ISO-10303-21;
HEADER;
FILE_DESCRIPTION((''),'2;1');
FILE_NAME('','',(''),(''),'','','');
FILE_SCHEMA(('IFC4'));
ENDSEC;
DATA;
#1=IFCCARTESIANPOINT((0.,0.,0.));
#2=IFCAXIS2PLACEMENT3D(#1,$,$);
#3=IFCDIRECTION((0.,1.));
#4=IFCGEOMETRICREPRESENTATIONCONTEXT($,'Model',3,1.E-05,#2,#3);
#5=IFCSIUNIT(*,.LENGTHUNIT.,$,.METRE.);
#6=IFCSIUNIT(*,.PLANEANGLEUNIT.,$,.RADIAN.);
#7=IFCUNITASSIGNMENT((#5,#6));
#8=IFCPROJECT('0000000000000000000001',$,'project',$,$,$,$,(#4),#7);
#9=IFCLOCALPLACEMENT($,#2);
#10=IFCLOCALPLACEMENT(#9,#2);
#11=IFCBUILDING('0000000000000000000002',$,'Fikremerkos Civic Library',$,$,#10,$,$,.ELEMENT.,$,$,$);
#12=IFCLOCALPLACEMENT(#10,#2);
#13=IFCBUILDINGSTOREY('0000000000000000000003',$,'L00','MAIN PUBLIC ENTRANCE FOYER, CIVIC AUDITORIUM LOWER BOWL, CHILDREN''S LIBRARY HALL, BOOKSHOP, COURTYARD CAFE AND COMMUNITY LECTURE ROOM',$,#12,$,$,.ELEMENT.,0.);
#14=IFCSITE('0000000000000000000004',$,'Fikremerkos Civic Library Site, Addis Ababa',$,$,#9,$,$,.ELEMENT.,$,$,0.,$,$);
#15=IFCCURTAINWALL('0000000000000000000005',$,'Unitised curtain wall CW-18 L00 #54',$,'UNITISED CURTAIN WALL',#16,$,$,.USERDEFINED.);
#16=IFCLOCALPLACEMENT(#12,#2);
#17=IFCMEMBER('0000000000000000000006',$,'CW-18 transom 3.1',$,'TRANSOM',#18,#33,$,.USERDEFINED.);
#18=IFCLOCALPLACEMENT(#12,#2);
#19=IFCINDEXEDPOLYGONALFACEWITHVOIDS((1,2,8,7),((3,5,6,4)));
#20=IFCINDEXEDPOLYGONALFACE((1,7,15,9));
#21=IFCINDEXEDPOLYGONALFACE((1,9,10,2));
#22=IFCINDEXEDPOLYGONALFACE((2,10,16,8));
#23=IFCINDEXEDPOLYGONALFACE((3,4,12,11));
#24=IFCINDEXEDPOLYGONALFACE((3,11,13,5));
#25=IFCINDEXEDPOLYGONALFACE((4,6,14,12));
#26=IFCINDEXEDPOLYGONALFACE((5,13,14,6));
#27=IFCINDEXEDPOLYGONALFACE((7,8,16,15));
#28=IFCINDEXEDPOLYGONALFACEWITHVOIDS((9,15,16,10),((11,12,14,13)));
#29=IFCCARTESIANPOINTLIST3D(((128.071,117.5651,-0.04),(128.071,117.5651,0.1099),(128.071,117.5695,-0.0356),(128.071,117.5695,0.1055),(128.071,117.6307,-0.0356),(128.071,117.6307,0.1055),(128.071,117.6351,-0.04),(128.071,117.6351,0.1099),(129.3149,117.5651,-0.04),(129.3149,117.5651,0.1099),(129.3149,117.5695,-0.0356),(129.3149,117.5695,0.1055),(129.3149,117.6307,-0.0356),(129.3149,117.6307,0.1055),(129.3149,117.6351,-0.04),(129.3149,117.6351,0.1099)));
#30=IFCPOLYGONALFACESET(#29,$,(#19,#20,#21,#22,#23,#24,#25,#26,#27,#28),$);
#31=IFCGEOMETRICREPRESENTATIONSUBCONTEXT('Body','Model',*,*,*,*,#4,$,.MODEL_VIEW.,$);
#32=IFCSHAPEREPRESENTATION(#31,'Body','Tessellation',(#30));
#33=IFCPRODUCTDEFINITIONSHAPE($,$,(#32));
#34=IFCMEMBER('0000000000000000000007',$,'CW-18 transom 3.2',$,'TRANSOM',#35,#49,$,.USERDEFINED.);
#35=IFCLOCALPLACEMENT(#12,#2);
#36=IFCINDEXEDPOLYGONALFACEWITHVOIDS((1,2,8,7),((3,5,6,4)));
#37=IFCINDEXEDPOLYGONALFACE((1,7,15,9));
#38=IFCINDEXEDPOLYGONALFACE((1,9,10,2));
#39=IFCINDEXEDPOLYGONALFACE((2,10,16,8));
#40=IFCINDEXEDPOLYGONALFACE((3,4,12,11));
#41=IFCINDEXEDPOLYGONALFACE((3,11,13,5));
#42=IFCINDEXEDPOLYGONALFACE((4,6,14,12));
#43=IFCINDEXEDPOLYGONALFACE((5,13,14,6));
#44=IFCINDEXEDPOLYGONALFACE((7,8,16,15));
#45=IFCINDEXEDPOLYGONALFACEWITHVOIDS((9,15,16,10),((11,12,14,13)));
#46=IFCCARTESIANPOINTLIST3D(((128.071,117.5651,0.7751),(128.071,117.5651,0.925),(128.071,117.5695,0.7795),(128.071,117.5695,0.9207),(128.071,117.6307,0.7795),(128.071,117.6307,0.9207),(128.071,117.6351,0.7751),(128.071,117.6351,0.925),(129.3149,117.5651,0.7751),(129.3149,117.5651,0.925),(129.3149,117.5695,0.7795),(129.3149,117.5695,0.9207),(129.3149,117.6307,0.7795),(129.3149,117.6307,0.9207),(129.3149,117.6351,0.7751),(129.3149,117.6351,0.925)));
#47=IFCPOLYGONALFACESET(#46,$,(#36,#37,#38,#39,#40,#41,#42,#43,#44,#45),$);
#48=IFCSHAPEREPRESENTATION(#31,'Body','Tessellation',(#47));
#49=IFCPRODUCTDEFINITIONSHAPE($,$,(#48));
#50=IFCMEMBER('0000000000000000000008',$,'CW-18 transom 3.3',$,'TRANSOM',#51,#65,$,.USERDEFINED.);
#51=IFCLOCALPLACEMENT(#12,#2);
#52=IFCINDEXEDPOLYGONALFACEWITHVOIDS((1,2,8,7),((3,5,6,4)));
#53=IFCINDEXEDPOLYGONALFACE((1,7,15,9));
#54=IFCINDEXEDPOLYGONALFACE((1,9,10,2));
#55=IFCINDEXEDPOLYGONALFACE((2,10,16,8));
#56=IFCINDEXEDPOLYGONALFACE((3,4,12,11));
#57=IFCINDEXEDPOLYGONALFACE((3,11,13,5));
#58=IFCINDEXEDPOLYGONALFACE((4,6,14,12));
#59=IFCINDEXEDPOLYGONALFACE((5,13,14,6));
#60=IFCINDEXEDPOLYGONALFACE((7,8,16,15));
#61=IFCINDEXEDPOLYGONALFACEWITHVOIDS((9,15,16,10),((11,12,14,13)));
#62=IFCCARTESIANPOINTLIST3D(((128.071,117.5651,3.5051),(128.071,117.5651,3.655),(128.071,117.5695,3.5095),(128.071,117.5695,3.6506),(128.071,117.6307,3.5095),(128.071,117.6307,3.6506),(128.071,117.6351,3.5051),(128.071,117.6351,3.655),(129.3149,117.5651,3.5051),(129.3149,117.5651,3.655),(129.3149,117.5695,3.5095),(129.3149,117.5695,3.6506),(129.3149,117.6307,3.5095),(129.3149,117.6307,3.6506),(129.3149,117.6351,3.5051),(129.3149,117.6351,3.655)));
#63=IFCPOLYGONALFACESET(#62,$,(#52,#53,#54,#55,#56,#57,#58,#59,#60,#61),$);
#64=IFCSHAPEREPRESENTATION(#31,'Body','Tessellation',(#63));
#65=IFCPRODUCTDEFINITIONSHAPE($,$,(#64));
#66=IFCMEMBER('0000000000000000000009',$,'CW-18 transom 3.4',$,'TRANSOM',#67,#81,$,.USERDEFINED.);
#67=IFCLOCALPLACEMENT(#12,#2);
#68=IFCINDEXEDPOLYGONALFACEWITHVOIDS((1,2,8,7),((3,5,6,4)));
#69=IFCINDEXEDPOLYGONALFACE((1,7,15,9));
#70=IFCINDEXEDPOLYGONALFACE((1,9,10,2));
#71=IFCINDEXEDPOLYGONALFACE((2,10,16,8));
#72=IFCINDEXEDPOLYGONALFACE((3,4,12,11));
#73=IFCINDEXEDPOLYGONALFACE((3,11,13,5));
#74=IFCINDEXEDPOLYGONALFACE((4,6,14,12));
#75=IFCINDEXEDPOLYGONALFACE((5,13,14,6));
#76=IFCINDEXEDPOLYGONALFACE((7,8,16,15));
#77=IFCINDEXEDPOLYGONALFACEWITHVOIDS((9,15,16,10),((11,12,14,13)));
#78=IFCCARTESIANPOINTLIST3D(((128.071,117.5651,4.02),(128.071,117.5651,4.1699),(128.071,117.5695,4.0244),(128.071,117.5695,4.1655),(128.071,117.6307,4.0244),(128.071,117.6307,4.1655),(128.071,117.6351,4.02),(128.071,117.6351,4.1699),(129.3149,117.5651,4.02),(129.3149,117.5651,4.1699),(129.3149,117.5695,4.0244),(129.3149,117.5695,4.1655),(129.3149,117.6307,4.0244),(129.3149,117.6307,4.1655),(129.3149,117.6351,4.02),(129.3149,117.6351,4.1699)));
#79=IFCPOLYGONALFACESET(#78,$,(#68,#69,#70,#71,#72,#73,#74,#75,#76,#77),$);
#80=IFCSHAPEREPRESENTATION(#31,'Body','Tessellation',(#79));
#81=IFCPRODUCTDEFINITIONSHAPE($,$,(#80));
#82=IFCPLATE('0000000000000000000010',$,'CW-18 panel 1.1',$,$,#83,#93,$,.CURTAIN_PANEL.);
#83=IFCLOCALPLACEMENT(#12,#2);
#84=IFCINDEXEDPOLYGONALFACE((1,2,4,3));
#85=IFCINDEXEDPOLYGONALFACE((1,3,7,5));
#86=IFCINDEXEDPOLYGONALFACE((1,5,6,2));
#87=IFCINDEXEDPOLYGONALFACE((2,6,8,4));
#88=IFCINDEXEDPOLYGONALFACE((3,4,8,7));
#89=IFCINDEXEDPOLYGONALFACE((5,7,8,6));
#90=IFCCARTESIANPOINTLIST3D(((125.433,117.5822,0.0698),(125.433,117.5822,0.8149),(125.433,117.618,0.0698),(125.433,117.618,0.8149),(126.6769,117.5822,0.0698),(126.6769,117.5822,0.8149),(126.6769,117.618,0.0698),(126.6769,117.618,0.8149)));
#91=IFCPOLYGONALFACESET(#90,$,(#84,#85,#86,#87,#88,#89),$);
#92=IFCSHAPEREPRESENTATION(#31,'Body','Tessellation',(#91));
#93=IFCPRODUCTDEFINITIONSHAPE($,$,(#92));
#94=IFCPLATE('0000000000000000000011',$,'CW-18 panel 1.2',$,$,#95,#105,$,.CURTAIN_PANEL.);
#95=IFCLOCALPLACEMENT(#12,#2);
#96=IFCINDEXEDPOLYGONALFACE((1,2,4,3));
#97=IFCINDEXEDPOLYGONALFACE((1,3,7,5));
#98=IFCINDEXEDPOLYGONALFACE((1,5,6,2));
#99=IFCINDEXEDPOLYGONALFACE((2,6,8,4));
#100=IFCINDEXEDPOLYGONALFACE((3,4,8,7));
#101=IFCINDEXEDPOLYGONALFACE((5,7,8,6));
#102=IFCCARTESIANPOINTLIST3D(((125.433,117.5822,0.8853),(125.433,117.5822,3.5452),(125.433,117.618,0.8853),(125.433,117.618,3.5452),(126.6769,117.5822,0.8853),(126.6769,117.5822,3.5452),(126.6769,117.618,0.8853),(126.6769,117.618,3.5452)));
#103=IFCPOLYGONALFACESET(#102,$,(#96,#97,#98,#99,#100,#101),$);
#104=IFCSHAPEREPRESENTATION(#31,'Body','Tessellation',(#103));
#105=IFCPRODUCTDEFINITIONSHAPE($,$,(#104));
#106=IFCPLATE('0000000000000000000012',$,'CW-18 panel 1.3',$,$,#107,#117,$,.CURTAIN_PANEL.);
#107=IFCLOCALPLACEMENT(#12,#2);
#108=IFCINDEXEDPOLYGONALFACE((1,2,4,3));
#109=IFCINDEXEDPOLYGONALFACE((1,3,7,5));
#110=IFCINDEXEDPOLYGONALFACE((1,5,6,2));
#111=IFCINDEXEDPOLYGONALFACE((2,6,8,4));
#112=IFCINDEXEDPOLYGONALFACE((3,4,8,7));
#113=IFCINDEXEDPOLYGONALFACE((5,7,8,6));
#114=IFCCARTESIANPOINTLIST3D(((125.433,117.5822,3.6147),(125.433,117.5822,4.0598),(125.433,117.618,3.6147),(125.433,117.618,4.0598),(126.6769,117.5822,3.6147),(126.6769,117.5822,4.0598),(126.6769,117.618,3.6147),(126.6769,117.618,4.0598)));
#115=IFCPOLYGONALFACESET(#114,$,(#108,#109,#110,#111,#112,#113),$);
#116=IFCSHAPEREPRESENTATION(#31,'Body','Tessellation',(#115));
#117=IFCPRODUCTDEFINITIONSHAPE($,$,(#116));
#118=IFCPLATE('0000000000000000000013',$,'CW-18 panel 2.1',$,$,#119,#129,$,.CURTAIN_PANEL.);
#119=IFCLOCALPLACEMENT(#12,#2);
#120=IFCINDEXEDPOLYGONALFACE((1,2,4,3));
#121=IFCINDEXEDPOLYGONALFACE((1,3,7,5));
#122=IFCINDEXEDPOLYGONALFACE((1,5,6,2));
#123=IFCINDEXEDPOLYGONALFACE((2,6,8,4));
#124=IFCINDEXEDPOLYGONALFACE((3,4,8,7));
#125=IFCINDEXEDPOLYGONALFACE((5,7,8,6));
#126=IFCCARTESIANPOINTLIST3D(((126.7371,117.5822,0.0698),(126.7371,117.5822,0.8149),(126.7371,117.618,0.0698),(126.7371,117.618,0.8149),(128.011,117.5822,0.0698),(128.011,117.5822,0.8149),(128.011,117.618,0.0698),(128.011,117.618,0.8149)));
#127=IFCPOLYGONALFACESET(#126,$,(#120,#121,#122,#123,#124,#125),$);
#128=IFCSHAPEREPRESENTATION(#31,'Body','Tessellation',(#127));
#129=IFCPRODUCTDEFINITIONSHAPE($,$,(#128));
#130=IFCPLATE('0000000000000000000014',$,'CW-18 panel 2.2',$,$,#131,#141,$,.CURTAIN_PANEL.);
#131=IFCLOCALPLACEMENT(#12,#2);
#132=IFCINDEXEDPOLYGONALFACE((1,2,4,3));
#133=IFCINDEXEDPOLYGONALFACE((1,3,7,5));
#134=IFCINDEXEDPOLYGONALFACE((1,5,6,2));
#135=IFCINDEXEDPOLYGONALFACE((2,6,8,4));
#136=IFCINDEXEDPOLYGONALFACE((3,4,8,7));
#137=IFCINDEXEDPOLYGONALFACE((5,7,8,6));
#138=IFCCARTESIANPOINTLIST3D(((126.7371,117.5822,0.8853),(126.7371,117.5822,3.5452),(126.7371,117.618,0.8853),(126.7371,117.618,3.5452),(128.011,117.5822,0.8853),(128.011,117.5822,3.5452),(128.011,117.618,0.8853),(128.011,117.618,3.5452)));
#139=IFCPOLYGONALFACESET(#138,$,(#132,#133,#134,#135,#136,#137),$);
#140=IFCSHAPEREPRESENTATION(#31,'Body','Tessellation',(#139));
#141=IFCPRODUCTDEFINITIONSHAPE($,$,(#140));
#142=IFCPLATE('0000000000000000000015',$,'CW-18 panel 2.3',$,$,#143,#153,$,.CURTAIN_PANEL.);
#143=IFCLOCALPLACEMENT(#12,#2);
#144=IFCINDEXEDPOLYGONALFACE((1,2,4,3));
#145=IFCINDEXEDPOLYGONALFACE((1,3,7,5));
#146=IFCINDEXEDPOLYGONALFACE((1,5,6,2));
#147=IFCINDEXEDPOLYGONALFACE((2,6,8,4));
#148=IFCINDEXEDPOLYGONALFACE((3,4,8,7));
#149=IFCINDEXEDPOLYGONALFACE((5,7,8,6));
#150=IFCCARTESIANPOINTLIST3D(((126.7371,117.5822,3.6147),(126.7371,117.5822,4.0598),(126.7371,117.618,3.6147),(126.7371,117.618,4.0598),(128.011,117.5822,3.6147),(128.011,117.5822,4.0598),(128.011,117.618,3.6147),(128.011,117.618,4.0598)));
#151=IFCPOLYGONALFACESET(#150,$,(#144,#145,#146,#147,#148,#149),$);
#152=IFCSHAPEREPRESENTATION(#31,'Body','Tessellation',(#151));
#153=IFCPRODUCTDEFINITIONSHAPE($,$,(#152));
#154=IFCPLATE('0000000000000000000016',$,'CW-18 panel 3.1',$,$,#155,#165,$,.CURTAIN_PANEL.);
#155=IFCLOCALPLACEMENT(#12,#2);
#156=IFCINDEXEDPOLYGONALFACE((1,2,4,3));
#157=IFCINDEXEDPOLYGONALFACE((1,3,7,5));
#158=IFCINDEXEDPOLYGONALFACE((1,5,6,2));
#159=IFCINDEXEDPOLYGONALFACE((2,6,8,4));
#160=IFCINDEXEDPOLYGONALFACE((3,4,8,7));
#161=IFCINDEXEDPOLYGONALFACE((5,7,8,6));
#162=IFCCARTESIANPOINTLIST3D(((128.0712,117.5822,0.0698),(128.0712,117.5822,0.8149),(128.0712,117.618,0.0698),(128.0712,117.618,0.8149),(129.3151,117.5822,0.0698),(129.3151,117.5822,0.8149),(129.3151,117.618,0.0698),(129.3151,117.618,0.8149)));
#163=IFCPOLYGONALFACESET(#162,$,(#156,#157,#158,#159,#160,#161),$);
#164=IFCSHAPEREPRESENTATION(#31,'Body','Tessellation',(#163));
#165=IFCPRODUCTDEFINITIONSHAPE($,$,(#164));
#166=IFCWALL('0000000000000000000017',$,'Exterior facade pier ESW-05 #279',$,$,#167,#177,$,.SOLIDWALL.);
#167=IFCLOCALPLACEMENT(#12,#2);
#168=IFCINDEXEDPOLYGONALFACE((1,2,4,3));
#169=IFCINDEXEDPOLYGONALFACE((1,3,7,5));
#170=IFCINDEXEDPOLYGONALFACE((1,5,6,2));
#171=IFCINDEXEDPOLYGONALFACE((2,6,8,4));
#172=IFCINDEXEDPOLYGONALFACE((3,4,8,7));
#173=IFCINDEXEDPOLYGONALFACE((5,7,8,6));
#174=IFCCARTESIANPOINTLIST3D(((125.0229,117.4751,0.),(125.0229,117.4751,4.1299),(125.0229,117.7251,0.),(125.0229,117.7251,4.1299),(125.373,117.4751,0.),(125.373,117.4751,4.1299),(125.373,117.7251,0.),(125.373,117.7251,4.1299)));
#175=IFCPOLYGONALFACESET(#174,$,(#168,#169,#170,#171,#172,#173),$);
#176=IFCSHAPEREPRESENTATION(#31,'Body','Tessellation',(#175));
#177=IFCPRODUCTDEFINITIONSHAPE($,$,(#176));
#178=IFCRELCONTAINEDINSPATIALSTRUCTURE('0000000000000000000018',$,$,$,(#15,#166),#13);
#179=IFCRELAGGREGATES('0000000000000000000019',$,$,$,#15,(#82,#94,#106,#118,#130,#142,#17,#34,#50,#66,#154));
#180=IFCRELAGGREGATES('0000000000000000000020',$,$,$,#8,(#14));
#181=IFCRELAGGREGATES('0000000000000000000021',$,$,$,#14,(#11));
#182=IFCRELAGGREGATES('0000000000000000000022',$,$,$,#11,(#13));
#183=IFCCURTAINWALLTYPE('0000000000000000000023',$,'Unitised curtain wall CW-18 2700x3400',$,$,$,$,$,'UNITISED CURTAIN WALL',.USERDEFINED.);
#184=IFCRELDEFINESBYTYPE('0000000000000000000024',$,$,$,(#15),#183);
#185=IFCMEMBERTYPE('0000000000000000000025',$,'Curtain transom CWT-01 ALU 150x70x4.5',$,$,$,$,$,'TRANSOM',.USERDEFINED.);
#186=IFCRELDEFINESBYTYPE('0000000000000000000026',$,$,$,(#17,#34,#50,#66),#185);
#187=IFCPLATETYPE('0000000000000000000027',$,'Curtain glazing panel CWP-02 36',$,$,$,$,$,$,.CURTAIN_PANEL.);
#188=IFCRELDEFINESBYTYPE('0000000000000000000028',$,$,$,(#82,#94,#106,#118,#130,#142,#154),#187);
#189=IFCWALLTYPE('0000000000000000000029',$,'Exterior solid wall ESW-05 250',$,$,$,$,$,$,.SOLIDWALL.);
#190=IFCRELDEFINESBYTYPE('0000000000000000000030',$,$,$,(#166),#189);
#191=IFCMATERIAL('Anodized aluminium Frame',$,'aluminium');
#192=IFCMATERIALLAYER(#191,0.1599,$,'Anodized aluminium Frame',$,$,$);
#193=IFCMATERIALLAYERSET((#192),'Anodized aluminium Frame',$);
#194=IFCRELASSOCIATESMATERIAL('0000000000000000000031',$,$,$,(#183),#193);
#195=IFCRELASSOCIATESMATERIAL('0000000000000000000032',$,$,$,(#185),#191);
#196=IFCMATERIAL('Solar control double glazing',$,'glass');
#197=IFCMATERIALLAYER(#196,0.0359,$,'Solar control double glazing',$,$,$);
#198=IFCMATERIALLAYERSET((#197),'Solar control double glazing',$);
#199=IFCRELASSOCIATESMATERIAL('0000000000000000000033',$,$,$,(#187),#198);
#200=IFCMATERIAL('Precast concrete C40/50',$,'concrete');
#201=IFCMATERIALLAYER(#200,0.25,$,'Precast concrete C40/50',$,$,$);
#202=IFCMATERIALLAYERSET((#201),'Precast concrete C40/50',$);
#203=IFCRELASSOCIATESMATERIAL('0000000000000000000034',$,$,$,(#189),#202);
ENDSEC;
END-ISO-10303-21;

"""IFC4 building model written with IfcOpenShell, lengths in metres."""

from ifc_helpers import new_model, si_unit, direction, frame, frame_2d, origin, origin_2d, place, context, subcontext, project, spatial, rectangle, hollow_rectangle, extrude, material, layer, layer_set, material_profile, profile_set, type_object, element, aggregate, save


model = new_model("IFC4")

# Units and contexts
model_context = context("Model", 3, precision=1e-05, world=origin(), true_north=direction((0.0, 1.0)))
body_context = subcontext(model_context, "Body", "Model", "MODEL_VIEW")
ifc_project = project(units=[si_unit("LENGTHUNIT", "METRE"), si_unit("PLANEANGLEUNIT", "RADIAN")], contexts=[model_context])

# Site, building, storey
site_placement = place(None, origin())
site = spatial("IfcSite", under=ifc_project, at=site_placement, Name="Fikremerkos Civic Library Site, Addis Ababa", CompositionType="ELEMENT", RefElevation=0.0)
building_placement = place(site_placement, origin())
building = spatial("IfcBuilding", under=site, at=building_placement, Name="Fikremerkos Civic Library", CompositionType="ELEMENT")
storey_placement = place(building_placement, origin())
storey = spatial("IfcBuildingStorey", under=building, at=storey_placement, Name="L00", Description="MAIN PUBLIC ENTRANCE FOYER, CIVIC AUDITORIUM LOWER BOWL, CHILDREN'S LIBRARY HALL, BOOKSHOP, COURTYARD CAFE AND COMMUNITY LECTURE ROOM", CompositionType="ELEMENT", Elevation=0.0)

# Curtain wall, members, plates
ifc_material_1 = material(Name="Anodized aluminium Frame", Category="aluminium")
ifc_layer_1 = layer(ifc_material_1, 0.1599, Name="Anodized aluminium Frame")
ifc_layer_set_1 = layer_set([ifc_layer_1], Name="Anodized aluminium Frame")
curtain_wall_type = type_object("IfcCurtainWallType", Name="Unitised curtain wall CW-18 2700x3400", ElementType="UNITISED CURTAIN WALL", PredefinedType="USERDEFINED", material=ifc_layer_set_1)
curtain_wall_placement = place(storey_placement, origin())
curtain_wall = element("IfcCurtainWall", 1, at=curtain_wall_placement, inside=storey, type_object=curtain_wall_type, Name="Unitised curtain wall CW-18 L00 #54", ObjectType="UNITISED CURTAIN WALL", PredefinedType="USERDEFINED")
ifc_material_profile_1 = material_profile(ifc_material_1, hollow_rectangle(XDim=0.0701, YDim=0.1499, WallThickness=0.0044, at=origin_2d()), Name="ALU 150x70x4.5")
ifc_profile_set_1 = profile_set([ifc_material_profile_1], Name="Anodized aluminium Frame")
member_type_1 = type_object("IfcMemberType", Name="Curtain transom CWT-01 ALU 150x70x4.5", ElementType="TRANSOM", PredefinedType="USERDEFINED", material=ifc_profile_set_1)
member_1_placement = place(storey_placement, frame((128.071, 117.6001, 0.0349), z_axis=(1.0, 0.0, 0.0), x_axis=(0.0, 1.0, 0.0)))
member_1 = element("IfcMember", 2, at=member_1_placement, type_object=member_type_1, Name="CW-18 transom 3.1", ObjectType="TRANSOM", PredefinedType="USERDEFINED", context=body_context, shape_type="SweptSolid", body=[
    extrude(hollow_rectangle(XDim=0.0701, YDim=0.1499, WallThickness=0.0044, at=origin_2d()), origin(), (0.0, 0.0, 1.0), 1.2439),
])
member_2_placement = place(storey_placement, frame((128.071, 117.6001, 0.8501), z_axis=(1.0, 0.0, 0.0), x_axis=(0.0, 1.0, 0.0)))
member_2 = element("IfcMember", 3, at=member_2_placement, type_object=member_type_1, Name="CW-18 transom 3.2", ObjectType="TRANSOM", PredefinedType="USERDEFINED", context=body_context, shape_type="SweptSolid", body=[
    extrude(hollow_rectangle(XDim=0.0701, YDim=0.1499, WallThickness=0.0044, at=origin_2d()), origin(), (0.0, 0.0, 1.0), 1.2439),
])
member_3_placement = place(storey_placement, frame((128.071, 117.6001, 3.5801), z_axis=(1.0, 0.0, 0.0), x_axis=(0.0, 1.0, 0.0)))
member_3 = element("IfcMember", 4, at=member_3_placement, type_object=member_type_1, Name="CW-18 transom 3.3", ObjectType="TRANSOM", PredefinedType="USERDEFINED", context=body_context, shape_type="SweptSolid", body=[
    extrude(hollow_rectangle(XDim=0.0701, YDim=0.1499, WallThickness=0.0044, at=origin_2d()), origin(), (0.0, 0.0, 1.0), 1.2439),
])
member_4_placement = place(storey_placement, frame((128.071, 117.6001, 4.095), z_axis=(1.0, 0.0, 0.0), x_axis=(0.0, 1.0, 0.0)))
member_4 = element("IfcMember", 5, at=member_4_placement, type_object=member_type_1, Name="CW-18 transom 3.4", ObjectType="TRANSOM", PredefinedType="USERDEFINED", context=body_context, shape_type="SweptSolid", body=[
    extrude(hollow_rectangle(XDim=0.0701, YDim=0.1499, WallThickness=0.0044, at=origin_2d()), origin(), (0.0, 0.0, 1.0), 1.2439),
])
ifc_material_2 = material(Name="Solar control double glazing", Category="glass")
ifc_layer_2 = layer(ifc_material_2, 0.0359, Name="Solar control double glazing")
ifc_layer_set_2 = layer_set([ifc_layer_2], Name="Solar control double glazing")
plate_type = type_object("IfcPlateType", Name="Curtain glazing panel CWP-02 36", PredefinedType="CURTAIN_PANEL", material=ifc_layer_set_2)
plate_1_placement = place(storey_placement, frame((126.0549, 117.6001, 0.0698), z_axis=(0.0, 0.0, 1.0), x_axis=(1.0, 0.0, 0.0)))
plate_1 = element("IfcPlate", 6, at=plate_1_placement, type_object=plate_type, Name="CW-18 panel 1.1", PredefinedType="CURTAIN_PANEL", context=body_context, shape_type="SweptSolid", body=[
    extrude(rectangle(XDim=1.2439, YDim=0.0359, at=origin_2d()), origin(), (0.0, 0.0, 1.0), 0.7451),
])
plate_2_placement = place(storey_placement, frame((126.0549, 117.6001, 0.8853), z_axis=(0.0, 0.0, 1.0), x_axis=(1.0, 0.0, 0.0)))
plate_2 = element("IfcPlate", 7, at=plate_2_placement, type_object=plate_type, Name="CW-18 panel 1.2", PredefinedType="CURTAIN_PANEL", context=body_context, shape_type="SweptSolid", body=[
    extrude(rectangle(XDim=1.2439, YDim=0.0359, at=origin_2d()), origin(), (0.0, 0.0, 1.0), 2.6599),
])
plate_3_placement = place(storey_placement, frame((126.0549, 117.6001, 3.6147), z_axis=(0.0, 0.0, 1.0), x_axis=(1.0, 0.0, 0.0)))
plate_3 = element("IfcPlate", 8, at=plate_3_placement, type_object=plate_type, Name="CW-18 panel 1.3", PredefinedType="CURTAIN_PANEL", context=body_context, shape_type="SweptSolid", body=[
    extrude(rectangle(XDim=1.2439, YDim=0.0359, at=origin_2d()), origin(), (0.0, 0.0, 1.0), 0.4451),
])
plate_4_placement = place(storey_placement, frame((127.374, 117.6001, 0.0698), z_axis=(0.0, 0.0, 1.0), x_axis=(1.0, 0.0, 0.0)))
plate_4 = element("IfcPlate", 9, at=plate_4_placement, type_object=plate_type, Name="CW-18 panel 2.1", PredefinedType="CURTAIN_PANEL", context=body_context, shape_type="SweptSolid", body=[
    extrude(rectangle(XDim=1.2739, YDim=0.0359, at=origin_2d()), origin(), (0.0, 0.0, 1.0), 0.7451),
])
plate_5_placement = place(storey_placement, frame((127.374, 117.6001, 0.8853), z_axis=(0.0, 0.0, 1.0), x_axis=(1.0, 0.0, 0.0)))
plate_5 = element("IfcPlate", 10, at=plate_5_placement, type_object=plate_type, Name="CW-18 panel 2.2", PredefinedType="CURTAIN_PANEL", context=body_context, shape_type="SweptSolid", body=[
    extrude(rectangle(XDim=1.2739, YDim=0.0359, at=origin_2d()), origin(), (0.0, 0.0, 1.0), 2.6599),
])
plate_6_placement = place(storey_placement, frame((127.374, 117.6001, 3.6147), z_axis=(0.0, 0.0, 1.0), x_axis=(1.0, 0.0, 0.0)))
plate_6 = element("IfcPlate", 11, at=plate_6_placement, type_object=plate_type, Name="CW-18 panel 2.3", PredefinedType="CURTAIN_PANEL", context=body_context, shape_type="SweptSolid", body=[
    extrude(rectangle(XDim=1.2739, YDim=0.0359, at=origin_2d()), origin(), (0.0, 0.0, 1.0), 0.4451),
])
plate_7_placement = place(storey_placement, frame((128.6931, 117.6001, 0.0698), z_axis=(0.0, 0.0, 1.0), x_axis=(1.0, 0.0, 0.0)))
plate_7 = element("IfcPlate", 12, at=plate_7_placement, type_object=plate_type, Name="CW-18 panel 3.1", PredefinedType="CURTAIN_PANEL", context=body_context, shape_type="SweptSolid", body=[
    extrude(rectangle(XDim=1.2439, YDim=0.0359, at=origin_2d()), origin(), (0.0, 0.0, 1.0), 0.7451),
])
aggregate(curtain_wall, [plate_1, plate_2, plate_3, plate_4, plate_5, plate_6, member_1, member_2, member_3, member_4, plate_7])

# Wall
ifc_material_3 = material(Name="Precast concrete C40/50", Category="concrete")
ifc_layer_3 = layer(ifc_material_3, 0.25, Name="Precast concrete C40/50")
ifc_layer_set_3 = layer_set([ifc_layer_3], Name="Precast concrete C40/50")
wall_type = type_object("IfcWallType", Name="Exterior solid wall ESW-05 250", PredefinedType="SOLIDWALL", material=ifc_layer_set_3)
wall_placement = place(storey_placement, frame((125.0229, 117.6001, 0.0), z_axis=(0.0, 0.0, 1.0), x_axis=(1.0, 0.0, 0.0)))
element("IfcWall", 13, at=wall_placement, inside=storey, type_object=wall_type, Name="Exterior facade pier ESW-05 #279", PredefinedType="SOLIDWALL", context=body_context, shape_type="SweptSolid", body=[
    extrude(rectangle(XDim=0.3501, YDim=0.25, at=frame_2d((0.175, 0.0))), origin(), (0.0, 0.0, 1.0), 4.1299),
])

save(model, "model.ifc")
